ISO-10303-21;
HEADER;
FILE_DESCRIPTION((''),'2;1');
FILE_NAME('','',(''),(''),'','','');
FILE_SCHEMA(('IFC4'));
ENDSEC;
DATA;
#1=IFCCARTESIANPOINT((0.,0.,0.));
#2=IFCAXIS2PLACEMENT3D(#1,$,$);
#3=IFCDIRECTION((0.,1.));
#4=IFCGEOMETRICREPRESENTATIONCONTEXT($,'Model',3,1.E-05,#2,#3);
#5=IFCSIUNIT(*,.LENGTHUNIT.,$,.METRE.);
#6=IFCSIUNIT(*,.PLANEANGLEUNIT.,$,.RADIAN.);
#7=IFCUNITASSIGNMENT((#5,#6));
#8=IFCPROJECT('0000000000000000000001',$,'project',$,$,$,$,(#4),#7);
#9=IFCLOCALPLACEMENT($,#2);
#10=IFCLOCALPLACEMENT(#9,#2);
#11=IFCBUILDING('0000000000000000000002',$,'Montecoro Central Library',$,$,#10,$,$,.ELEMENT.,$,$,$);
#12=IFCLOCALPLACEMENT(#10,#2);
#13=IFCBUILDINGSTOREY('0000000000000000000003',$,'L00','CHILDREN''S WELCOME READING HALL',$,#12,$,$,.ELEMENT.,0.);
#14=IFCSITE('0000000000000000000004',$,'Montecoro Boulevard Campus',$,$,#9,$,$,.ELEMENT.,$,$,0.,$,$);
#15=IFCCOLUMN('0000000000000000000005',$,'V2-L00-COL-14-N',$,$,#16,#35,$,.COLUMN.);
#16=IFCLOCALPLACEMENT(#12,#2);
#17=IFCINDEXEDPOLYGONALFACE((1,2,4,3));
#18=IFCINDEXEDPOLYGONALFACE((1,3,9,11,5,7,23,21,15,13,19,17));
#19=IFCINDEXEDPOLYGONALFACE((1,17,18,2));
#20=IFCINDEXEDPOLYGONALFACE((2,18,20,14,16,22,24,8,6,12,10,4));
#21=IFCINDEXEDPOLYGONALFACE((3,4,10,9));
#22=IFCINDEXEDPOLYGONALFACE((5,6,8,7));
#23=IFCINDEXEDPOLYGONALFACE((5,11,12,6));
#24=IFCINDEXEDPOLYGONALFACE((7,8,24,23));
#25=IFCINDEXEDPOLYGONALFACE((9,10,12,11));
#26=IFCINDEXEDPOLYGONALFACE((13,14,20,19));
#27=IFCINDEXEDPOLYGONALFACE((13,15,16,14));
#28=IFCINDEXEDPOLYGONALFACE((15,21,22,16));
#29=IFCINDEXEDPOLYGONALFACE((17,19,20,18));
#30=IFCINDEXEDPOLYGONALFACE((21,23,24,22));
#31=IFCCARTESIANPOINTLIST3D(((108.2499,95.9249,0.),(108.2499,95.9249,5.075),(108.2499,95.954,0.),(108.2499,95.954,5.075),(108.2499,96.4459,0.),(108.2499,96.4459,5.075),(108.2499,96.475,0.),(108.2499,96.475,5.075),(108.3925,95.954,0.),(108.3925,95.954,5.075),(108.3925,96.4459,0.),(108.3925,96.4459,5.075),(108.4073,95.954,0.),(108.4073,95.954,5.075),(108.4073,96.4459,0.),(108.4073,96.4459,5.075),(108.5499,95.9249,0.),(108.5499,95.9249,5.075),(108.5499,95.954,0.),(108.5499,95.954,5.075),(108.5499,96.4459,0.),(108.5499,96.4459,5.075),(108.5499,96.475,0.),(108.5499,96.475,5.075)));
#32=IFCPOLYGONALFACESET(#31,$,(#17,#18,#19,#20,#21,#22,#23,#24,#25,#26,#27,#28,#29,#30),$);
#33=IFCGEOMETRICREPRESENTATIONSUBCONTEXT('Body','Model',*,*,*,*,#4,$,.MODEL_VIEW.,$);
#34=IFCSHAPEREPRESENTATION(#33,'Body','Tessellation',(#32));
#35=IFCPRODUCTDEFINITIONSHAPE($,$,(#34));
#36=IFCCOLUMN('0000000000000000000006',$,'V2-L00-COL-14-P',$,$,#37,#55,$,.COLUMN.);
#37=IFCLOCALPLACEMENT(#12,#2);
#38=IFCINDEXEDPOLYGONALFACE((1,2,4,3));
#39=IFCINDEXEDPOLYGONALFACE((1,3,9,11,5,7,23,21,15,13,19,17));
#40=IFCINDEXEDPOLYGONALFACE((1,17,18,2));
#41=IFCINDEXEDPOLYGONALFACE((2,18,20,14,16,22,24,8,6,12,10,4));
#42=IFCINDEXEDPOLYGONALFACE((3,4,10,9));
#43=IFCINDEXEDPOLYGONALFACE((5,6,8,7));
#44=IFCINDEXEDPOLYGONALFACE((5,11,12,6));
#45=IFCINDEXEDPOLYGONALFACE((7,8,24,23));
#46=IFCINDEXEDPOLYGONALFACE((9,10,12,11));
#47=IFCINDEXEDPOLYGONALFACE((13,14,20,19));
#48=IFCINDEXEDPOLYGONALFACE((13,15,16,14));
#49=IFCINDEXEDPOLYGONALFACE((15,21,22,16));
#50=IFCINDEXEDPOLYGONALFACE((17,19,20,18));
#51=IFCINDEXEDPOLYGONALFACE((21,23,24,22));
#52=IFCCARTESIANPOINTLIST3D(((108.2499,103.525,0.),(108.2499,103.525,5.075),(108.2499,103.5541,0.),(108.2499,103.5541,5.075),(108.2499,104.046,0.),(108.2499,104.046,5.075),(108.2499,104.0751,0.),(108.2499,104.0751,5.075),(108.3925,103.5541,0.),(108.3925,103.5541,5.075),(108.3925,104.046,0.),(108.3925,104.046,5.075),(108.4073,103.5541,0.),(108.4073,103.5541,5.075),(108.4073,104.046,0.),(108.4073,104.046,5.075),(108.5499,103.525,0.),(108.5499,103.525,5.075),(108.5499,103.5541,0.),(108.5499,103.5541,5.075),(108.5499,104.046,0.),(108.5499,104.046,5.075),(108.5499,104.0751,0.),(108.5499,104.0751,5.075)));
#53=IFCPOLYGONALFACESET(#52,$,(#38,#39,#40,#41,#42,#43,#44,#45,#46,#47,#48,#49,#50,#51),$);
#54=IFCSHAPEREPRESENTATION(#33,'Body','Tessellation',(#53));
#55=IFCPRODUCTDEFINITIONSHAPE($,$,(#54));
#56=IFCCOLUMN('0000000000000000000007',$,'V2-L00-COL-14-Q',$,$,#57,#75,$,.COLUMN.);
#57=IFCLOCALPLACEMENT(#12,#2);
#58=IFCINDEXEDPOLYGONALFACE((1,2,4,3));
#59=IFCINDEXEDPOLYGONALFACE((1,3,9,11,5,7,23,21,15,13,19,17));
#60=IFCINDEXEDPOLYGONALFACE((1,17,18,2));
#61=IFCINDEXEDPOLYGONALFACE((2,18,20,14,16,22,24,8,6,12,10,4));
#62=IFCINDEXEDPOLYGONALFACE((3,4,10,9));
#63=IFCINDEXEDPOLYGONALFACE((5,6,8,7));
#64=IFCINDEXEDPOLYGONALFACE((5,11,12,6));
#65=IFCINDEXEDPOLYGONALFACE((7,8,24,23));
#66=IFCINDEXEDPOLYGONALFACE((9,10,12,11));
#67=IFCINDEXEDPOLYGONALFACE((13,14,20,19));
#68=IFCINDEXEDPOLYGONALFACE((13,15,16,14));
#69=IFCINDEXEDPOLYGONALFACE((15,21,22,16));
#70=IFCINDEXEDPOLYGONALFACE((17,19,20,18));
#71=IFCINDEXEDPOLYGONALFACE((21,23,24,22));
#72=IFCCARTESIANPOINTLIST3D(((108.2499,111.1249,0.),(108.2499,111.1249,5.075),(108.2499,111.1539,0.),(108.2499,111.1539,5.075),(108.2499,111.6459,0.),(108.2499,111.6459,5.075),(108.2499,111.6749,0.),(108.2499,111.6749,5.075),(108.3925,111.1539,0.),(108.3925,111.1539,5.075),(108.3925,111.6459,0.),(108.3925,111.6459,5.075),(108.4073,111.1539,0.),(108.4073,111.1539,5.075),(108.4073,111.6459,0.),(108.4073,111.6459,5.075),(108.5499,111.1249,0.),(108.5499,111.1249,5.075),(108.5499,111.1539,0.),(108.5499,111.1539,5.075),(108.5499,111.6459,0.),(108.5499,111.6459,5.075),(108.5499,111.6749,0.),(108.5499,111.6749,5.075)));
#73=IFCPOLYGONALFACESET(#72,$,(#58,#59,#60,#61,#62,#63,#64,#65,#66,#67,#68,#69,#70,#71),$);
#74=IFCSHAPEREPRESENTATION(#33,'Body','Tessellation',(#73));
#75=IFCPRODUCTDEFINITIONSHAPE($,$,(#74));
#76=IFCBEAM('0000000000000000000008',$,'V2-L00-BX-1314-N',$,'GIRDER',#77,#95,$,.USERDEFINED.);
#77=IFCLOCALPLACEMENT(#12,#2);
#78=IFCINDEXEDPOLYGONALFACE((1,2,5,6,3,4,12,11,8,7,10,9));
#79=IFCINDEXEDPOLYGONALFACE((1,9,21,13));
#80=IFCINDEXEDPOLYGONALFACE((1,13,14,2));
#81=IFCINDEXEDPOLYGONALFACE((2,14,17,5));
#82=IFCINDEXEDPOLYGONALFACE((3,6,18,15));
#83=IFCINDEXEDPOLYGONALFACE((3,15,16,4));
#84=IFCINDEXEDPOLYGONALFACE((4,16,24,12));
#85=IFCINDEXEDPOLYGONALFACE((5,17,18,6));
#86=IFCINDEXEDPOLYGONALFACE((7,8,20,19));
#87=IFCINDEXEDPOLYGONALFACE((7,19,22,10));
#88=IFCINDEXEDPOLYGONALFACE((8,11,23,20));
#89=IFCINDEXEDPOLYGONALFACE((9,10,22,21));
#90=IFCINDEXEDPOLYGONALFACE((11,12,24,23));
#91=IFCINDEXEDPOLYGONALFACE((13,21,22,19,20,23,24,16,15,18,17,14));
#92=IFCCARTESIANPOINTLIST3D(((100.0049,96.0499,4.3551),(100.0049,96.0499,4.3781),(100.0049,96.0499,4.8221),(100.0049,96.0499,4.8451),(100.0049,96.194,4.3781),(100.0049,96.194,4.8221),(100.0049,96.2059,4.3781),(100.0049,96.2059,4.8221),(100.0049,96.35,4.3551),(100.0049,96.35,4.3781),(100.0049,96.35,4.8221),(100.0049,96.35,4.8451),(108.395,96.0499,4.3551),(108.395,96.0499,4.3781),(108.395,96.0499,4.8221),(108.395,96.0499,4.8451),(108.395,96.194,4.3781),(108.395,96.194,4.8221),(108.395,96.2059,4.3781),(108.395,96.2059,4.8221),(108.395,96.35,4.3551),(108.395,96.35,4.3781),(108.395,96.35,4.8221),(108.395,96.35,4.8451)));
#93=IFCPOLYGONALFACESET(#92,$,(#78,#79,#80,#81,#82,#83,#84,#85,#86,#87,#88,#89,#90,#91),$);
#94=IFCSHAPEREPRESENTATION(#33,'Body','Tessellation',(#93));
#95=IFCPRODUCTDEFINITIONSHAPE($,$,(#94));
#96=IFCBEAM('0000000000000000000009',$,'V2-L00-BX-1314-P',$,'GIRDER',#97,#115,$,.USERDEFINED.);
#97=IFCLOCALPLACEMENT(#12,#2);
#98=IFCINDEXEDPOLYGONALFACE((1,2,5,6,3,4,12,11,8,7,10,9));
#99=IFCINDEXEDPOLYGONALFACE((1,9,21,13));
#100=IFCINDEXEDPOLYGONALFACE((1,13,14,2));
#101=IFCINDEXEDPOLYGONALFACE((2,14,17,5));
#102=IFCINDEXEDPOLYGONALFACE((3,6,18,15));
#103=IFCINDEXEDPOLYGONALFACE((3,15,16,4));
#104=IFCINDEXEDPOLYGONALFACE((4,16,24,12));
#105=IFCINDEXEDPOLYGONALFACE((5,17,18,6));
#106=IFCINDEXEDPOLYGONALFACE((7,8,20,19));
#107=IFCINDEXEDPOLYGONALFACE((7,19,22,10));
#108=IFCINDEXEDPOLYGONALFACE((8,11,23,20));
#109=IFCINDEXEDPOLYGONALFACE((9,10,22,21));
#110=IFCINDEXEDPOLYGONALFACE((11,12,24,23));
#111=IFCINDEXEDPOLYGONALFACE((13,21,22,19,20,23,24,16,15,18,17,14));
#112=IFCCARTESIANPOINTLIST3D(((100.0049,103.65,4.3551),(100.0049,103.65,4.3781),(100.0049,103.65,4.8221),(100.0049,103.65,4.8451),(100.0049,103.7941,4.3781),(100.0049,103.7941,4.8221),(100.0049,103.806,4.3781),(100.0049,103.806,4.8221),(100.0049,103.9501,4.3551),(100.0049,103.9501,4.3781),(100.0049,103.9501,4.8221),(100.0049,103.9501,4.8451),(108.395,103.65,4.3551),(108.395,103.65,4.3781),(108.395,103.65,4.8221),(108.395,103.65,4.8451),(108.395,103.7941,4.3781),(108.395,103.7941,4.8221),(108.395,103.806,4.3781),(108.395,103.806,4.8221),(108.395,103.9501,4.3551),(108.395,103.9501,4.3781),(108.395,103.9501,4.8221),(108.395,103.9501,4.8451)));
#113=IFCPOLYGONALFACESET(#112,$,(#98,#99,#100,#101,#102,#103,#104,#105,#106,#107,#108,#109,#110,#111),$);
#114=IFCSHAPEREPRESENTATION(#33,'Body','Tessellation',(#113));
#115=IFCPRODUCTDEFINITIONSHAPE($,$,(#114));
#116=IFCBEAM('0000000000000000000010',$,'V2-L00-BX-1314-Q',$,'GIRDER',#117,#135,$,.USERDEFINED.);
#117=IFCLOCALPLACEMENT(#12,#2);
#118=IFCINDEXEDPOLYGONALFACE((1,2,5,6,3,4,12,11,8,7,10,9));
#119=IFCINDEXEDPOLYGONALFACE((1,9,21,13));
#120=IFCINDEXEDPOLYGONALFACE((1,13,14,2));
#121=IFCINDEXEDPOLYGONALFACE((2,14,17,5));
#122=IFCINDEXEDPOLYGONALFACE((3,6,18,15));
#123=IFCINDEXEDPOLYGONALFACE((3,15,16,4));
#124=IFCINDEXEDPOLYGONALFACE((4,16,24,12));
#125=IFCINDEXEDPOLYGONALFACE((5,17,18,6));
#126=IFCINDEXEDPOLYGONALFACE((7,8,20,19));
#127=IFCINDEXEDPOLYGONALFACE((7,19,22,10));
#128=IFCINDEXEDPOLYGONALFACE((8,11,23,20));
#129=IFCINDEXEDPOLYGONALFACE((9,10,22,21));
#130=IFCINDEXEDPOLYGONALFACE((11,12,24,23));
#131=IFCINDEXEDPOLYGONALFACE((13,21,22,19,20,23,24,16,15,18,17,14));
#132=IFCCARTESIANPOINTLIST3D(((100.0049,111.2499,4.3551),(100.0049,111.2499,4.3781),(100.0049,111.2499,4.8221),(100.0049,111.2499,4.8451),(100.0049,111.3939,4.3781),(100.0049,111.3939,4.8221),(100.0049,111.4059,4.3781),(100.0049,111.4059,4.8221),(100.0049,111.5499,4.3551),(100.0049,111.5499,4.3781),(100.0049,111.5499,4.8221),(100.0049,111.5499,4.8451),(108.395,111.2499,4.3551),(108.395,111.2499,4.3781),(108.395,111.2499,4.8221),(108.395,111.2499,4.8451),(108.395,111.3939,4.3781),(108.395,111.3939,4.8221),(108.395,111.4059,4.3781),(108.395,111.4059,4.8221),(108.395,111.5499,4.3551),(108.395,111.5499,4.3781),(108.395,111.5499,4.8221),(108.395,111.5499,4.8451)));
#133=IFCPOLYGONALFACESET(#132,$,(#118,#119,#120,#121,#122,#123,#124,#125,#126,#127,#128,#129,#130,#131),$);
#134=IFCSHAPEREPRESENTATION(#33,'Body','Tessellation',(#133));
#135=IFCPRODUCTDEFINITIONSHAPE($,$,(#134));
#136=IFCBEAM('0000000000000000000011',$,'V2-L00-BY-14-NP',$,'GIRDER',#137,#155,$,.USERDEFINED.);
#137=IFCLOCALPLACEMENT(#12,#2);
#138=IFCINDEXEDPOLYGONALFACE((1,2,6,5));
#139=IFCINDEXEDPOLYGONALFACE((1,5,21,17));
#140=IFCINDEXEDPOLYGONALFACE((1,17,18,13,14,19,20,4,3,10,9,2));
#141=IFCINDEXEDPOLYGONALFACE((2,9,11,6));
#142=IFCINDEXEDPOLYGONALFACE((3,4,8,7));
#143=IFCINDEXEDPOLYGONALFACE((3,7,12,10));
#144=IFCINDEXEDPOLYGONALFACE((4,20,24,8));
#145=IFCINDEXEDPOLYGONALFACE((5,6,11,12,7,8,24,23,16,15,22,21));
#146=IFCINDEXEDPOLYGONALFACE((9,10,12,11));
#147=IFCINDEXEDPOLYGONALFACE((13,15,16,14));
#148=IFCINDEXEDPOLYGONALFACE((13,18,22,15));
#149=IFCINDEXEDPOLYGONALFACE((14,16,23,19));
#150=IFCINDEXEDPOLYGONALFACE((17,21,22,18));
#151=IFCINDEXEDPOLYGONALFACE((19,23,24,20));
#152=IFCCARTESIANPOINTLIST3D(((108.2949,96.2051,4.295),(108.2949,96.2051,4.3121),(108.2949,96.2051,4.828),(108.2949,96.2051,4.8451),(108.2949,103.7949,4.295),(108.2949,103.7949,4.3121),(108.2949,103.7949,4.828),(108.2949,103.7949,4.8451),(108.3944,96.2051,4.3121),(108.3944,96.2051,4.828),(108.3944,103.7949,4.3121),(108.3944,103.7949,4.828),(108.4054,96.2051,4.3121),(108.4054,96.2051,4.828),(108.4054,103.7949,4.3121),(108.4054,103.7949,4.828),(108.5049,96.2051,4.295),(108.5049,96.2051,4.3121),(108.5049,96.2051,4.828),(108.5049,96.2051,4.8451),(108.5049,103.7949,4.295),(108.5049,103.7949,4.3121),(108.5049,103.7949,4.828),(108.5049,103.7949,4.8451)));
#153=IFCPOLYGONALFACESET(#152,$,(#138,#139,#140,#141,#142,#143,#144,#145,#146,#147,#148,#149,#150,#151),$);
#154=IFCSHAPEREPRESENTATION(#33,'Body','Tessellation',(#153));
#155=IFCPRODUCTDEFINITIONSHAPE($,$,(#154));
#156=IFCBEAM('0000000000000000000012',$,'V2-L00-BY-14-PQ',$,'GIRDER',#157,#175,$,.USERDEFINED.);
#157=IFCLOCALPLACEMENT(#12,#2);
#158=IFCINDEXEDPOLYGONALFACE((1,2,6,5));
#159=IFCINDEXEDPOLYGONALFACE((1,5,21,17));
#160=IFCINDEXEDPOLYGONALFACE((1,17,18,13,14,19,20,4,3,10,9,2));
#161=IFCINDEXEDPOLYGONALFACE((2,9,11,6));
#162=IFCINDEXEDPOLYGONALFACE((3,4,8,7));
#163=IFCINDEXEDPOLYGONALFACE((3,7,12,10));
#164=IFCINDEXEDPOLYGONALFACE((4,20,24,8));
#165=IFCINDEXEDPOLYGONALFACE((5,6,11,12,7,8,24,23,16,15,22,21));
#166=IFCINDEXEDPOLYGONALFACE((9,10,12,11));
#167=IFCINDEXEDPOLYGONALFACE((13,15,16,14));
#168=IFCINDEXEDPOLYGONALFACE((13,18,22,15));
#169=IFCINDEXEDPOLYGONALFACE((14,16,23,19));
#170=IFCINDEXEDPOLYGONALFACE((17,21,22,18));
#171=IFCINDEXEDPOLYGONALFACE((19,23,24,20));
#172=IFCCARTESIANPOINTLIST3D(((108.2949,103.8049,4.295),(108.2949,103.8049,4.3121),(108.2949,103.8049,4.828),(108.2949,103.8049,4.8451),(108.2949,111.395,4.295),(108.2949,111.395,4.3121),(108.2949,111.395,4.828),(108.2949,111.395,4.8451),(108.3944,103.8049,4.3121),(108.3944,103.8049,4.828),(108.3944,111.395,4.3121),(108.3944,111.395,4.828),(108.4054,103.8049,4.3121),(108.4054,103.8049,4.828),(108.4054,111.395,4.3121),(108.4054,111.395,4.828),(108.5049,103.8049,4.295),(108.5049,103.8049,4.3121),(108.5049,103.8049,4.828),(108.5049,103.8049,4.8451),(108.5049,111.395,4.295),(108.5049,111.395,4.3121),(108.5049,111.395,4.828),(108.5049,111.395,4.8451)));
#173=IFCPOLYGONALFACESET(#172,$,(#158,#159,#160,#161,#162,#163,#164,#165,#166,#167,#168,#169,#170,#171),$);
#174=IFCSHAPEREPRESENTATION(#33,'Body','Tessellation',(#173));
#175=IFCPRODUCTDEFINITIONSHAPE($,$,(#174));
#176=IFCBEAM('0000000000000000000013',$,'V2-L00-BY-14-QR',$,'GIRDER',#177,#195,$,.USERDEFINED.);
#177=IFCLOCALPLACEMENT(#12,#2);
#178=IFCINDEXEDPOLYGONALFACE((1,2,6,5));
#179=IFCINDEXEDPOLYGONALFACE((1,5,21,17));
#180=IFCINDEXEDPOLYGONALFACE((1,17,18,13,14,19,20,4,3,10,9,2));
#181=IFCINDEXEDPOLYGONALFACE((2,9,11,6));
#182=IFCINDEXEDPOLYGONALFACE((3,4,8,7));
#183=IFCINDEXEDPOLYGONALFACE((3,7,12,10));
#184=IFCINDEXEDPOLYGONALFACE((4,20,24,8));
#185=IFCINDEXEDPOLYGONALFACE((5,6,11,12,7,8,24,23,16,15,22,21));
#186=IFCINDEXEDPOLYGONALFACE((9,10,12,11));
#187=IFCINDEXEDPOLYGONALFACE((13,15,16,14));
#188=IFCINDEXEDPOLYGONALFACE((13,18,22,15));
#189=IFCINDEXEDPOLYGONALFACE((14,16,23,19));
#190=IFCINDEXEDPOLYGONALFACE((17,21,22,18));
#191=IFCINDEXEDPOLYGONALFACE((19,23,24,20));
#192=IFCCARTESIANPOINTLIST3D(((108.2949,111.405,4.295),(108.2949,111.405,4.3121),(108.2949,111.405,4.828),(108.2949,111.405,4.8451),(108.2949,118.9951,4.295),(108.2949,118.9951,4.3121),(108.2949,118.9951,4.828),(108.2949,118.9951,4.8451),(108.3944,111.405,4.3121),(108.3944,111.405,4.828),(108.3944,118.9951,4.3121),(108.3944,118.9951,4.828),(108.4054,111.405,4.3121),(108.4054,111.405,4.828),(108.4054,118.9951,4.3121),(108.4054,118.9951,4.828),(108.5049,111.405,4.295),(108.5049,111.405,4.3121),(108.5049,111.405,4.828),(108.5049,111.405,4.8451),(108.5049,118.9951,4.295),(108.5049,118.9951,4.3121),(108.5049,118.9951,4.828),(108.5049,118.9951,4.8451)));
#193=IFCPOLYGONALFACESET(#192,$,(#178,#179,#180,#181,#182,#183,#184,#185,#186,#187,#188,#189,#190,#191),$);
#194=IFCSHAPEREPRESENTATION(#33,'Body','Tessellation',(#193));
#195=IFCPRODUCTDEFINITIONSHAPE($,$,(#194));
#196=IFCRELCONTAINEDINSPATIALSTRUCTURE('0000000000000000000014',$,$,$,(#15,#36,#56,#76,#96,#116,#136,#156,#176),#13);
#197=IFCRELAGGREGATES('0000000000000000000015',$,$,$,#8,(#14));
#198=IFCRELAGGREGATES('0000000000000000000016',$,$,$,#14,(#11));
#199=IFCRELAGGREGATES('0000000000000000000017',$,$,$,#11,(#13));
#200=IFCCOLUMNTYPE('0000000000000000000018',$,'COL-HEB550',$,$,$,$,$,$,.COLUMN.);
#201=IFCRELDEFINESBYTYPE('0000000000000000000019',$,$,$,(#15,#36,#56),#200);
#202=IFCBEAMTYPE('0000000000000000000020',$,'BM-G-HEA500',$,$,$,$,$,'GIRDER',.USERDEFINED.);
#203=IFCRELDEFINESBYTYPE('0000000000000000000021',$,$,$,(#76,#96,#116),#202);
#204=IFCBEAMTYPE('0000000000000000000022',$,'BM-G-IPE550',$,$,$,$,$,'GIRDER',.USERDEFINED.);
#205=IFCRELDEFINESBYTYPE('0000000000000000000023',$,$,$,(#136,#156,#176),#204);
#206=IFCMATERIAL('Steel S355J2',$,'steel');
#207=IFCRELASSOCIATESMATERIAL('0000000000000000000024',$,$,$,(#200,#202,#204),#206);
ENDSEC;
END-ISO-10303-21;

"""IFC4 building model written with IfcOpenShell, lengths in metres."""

from ifc_helpers import new_model, si_unit, direction, frame, origin, origin_2d, place, context, subcontext, project, spatial, i_section, extrude, material, material_profile, profile_set, type_object, element, save


model = new_model("IFC4")

# Units and contexts
model_context = context("Model", 3, precision=1e-05, world=origin(), true_north=direction((0.0, 1.0)))
body_context = subcontext(model_context, "Body", "Model", "MODEL_VIEW")
ifc_project = project(units=[si_unit("LENGTHUNIT", "METRE"), si_unit("PLANEANGLEUNIT", "RADIAN")], contexts=[model_context])

# Site, building, storey
site_placement = place(None, origin())
site = spatial("IfcSite", under=ifc_project, at=site_placement, Name="Montecoro Boulevard Campus", CompositionType="ELEMENT", RefElevation=0.0)
building_placement = place(site_placement, origin())
building = spatial("IfcBuilding", under=site, at=building_placement, Name="Montecoro Central Library", CompositionType="ELEMENT")
storey_placement = place(building_placement, origin())
storey = spatial("IfcBuildingStorey", under=building, at=storey_placement, Name="L00", Description="CHILDREN'S WELCOME READING HALL", CompositionType="ELEMENT", Elevation=0.0)

# Columns
ifc_material_1 = material(Name="Steel S355J2", Category="steel")
ifc_material_profile_1 = material_profile(ifc_material_1, i_section(OverallWidth=0.3, OverallDepth=0.55, WebThickness=0.0149, FlangeThickness=0.0291, at=origin_2d()), Name="HEB 550")
ifc_profile_set_1 = profile_set([ifc_material_profile_1], Name="Steel S355J2")
column_type = type_object("IfcColumnType", Name="COL-HEB550", PredefinedType="COLUMN", material=ifc_profile_set_1)
for number, where, z_axis, x_axis, name in (
    (1, (108.3999, 96.2, 0.0), (0.0, 0.0, 1.0), (1.0, 0.0, 0.0), "V2-L00-COL-14-N"),
    (2, (108.3999, 103.8, 0.0), (0.0, 0.0, 1.0), (1.0, 0.0, 0.0), "V2-L00-COL-14-P"),
    (3, (108.3999, 111.3999, 0.0), (0.0, 0.0, 1.0), (1.0, 0.0, 0.0), "V2-L00-COL-14-Q"),
):
    element("IfcColumn", number, at=place(storey_placement, frame(where, z_axis=z_axis, x_axis=x_axis)), inside=storey, type_object=column_type, Name=name, PredefinedType="COLUMN", context=body_context, shape_type="SweptSolid", body=[
        extrude(i_section(OverallWidth=0.3, OverallDepth=0.55, WebThickness=0.0149, FlangeThickness=0.0291, at=origin_2d()), origin(), (0.0, 0.0, 1.0), 5.075),
    ])

# Beams
ifc_material_profile_2 = material_profile(ifc_material_1, i_section(OverallWidth=0.3, OverallDepth=0.49, WebThickness=0.012, FlangeThickness=0.0229, at=origin_2d()), Name="HEA 500")
ifc_profile_set_2 = profile_set([ifc_material_profile_2], Name="Steel S355J2")
beam_type_1 = type_object("IfcBeamType", Name="BM-G-HEA500", ElementType="GIRDER", PredefinedType="USERDEFINED", material=ifc_profile_set_2)
for number, where, z_axis, x_axis, name in (
    (4, (100.0049, 96.2, 4.6001), (1.0, 0.0, 0.0), (0.0, 1.0, 0.0), "V2-L00-BX-1314-N"),
    (5, (100.0049, 103.8, 4.6001), (1.0, 0.0, 0.0), (0.0, 1.0, 0.0), "V2-L00-BX-1314-P"),
    (6, (100.0049, 111.3999, 4.6001), (1.0, 0.0, 0.0), (0.0, 1.0, 0.0), "V2-L00-BX-1314-Q"),
):
    element("IfcBeam", number, at=place(storey_placement, frame(where, z_axis=z_axis, x_axis=x_axis)), inside=storey, type_object=beam_type_1, Name=name, ObjectType="GIRDER", PredefinedType="USERDEFINED", context=body_context, shape_type="SweptSolid", body=[
        extrude(i_section(OverallWidth=0.3, OverallDepth=0.49, WebThickness=0.012, FlangeThickness=0.0229, at=origin_2d()), origin(), (0.0, 0.0, 1.0), 8.3901),
    ])
ifc_material_profile_3 = material_profile(ifc_material_1, i_section(OverallWidth=0.21, OverallDepth=0.55, WebThickness=0.011, FlangeThickness=0.0171, at=origin_2d()), Name="IPE 550")
ifc_profile_set_3 = profile_set([ifc_material_profile_3], Name="Steel S355J2")
beam_type_2 = type_object("IfcBeamType", Name="BM-G-IPE550", ElementType="GIRDER", PredefinedType="USERDEFINED", material=ifc_profile_set_3)
beam_placement = place(storey_placement, frame((108.3999, 96.2051, 4.5701), z_axis=(0.0, 1.0, 0.0), x_axis=(-1.0, 0.0, 0.0)))
element("IfcBeam", 7, at=beam_placement, inside=storey, type_object=beam_type_2, Name="V2-L00-BY-14-NP", ObjectType="GIRDER", PredefinedType="USERDEFINED", context=body_context, shape_type="SweptSolid", body=[
    extrude(i_section(OverallWidth=0.21, OverallDepth=0.55, WebThickness=0.011, FlangeThickness=0.0171, at=origin_2d()), origin(), (0.0, 0.0, 1.0), 7.5898),
])
for number, where, z_axis, x_axis, name in (
    (8, (108.3999, 103.8049, 4.5701), (0.0, 1.0, 0.0), (-1.0, 0.0, 0.0), "V2-L00-BY-14-PQ"),
    (9, (108.3999, 111.405, 4.5701), (0.0, 1.0, 0.0), (-1.0, 0.0, 0.0), "V2-L00-BY-14-QR"),
):
    element("IfcBeam", number, at=place(storey_placement, frame(where, z_axis=z_axis, x_axis=x_axis)), inside=storey, type_object=beam_type_2, Name=name, ObjectType="GIRDER", PredefinedType="USERDEFINED", context=body_context, shape_type="SweptSolid", body=[
        extrude(i_section(OverallWidth=0.21, OverallDepth=0.55, WebThickness=0.011, FlangeThickness=0.0171, at=origin_2d()), origin(), (0.0, 0.0, 1.0), 7.5901),
    ])

save(model, "model.ifc")
